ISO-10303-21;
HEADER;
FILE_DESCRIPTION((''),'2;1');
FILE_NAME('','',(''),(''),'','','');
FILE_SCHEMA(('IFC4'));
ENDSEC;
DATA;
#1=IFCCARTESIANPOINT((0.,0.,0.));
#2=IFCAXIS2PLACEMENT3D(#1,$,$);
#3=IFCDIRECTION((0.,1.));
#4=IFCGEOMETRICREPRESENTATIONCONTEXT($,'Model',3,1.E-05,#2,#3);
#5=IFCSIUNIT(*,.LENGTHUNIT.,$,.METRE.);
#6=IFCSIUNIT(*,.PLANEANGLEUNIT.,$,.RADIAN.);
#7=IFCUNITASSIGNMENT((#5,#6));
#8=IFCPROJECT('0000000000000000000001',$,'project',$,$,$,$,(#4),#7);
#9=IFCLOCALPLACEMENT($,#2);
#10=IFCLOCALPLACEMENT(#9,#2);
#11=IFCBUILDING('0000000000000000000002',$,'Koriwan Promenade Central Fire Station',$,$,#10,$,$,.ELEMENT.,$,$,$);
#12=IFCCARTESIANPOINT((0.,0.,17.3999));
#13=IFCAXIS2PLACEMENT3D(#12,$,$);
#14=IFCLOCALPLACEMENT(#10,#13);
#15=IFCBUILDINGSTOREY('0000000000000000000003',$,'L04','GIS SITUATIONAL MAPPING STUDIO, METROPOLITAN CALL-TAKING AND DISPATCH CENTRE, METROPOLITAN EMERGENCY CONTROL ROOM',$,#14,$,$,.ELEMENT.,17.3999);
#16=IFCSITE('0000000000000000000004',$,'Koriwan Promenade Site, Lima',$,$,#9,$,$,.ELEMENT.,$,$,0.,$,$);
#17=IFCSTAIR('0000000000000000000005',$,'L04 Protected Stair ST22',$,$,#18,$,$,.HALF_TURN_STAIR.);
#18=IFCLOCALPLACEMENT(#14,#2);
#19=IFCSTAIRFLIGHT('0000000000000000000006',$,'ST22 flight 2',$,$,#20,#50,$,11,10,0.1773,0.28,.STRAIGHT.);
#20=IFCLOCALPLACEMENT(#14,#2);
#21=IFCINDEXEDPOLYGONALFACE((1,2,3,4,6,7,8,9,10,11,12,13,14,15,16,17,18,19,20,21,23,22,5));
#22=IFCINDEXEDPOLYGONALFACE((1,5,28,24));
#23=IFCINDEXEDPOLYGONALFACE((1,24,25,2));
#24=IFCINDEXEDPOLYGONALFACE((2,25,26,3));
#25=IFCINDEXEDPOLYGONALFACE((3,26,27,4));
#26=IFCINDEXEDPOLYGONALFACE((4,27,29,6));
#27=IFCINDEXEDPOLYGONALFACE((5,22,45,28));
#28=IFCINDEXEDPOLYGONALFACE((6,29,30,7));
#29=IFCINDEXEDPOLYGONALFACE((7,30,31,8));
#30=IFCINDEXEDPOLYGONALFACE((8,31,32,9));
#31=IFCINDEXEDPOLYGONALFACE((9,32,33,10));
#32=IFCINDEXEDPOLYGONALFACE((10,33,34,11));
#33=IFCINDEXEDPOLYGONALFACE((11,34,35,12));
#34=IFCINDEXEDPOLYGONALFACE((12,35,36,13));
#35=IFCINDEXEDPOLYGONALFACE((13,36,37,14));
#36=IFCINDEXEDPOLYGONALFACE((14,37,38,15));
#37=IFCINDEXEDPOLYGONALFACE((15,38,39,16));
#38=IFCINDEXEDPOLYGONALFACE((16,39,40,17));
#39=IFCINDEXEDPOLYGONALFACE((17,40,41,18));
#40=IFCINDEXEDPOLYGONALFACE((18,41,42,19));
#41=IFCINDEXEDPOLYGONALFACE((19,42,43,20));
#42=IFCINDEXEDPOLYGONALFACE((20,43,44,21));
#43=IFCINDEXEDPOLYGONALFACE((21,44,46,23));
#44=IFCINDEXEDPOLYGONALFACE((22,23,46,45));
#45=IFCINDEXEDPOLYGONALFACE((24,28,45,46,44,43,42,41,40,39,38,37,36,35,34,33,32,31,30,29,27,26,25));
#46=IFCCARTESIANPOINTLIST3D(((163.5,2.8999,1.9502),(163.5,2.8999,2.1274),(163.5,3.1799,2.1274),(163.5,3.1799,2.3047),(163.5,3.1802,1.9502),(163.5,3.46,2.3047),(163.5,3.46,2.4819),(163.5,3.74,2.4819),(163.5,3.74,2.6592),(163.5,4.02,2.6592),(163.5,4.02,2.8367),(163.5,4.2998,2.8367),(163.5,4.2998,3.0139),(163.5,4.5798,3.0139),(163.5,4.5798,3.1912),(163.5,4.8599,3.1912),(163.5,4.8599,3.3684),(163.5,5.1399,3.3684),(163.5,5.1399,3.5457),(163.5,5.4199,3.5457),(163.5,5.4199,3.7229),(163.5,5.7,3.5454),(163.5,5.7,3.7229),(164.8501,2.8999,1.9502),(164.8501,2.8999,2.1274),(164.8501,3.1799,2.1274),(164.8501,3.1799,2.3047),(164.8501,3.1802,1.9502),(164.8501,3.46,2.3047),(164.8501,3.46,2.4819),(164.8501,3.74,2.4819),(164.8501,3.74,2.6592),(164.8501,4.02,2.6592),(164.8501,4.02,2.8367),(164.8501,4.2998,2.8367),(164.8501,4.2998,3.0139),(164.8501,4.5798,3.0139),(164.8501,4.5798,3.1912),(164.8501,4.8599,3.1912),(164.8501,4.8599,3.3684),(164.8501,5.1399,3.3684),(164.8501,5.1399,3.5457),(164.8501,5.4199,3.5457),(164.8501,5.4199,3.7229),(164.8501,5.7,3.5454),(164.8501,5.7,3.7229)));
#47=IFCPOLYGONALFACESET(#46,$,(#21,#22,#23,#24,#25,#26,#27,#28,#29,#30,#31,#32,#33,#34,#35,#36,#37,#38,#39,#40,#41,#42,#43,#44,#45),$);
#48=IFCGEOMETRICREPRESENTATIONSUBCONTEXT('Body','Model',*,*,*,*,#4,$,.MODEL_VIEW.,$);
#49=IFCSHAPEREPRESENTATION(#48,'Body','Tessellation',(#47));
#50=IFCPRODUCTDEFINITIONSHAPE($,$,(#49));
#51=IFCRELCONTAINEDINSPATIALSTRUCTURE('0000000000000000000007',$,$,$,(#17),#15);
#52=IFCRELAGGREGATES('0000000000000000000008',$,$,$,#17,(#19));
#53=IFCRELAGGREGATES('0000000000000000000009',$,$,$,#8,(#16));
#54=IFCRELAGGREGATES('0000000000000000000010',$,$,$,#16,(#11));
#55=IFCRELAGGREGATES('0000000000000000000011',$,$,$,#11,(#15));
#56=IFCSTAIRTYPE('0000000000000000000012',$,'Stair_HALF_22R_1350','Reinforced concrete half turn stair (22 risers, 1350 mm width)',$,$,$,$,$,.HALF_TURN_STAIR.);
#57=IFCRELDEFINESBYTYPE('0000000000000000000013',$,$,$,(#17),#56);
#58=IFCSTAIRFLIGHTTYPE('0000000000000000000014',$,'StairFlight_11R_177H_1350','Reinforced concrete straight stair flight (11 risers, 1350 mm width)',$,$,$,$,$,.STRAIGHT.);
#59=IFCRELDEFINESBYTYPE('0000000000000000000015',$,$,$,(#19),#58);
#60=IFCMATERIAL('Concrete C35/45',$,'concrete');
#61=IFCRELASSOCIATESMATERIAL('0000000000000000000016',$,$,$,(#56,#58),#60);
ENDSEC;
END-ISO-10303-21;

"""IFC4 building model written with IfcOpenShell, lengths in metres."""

from ifc_helpers import new_model, si_unit, direction, frame, origin, place, context, subcontext, project, spatial, polyline, outline, extrude, material, type_object, element, aggregate, save


model = new_model("IFC4")

# Units and contexts
model_context = context("Model", 3, precision=1e-05, world=origin(), true_north=direction((0.0, 1.0)))
body_context = subcontext(model_context, "Body", "Model", "MODEL_VIEW")
ifc_project = project(units=[si_unit("LENGTHUNIT", "METRE"), si_unit("PLANEANGLEUNIT", "RADIAN")], contexts=[model_context])

# Site, building, storey
site_placement = place(None, origin())
site = spatial("IfcSite", under=ifc_project, at=site_placement, Name="Koriwan Promenade Site, Lima", CompositionType="ELEMENT", RefElevation=0.0)
building_placement = place(site_placement, origin())
building = spatial("IfcBuilding", under=site, at=building_placement, Name="Koriwan Promenade Central Fire Station", CompositionType="ELEMENT")
storey_placement = place(building_placement, frame((0.0, 0.0, 17.3999)))
storey = spatial("IfcBuildingStorey", under=building, at=storey_placement, Name="L04", Description="GIS SITUATIONAL MAPPING STUDIO, METROPOLITAN CALL-TAKING AND DISPATCH CENTRE, METROPOLITAN EMERGENCY CONTROL ROOM", CompositionType="ELEMENT", Elevation=17.3999)

# Shared definitions
ifc_material_1 = material(Name="Concrete C35/45", Category="concrete")

# Stair, stair flight
stair_type = type_object("IfcStairType", Name="Stair_HALF_22R_1350", Description="Reinforced concrete half turn stair (22 risers, 1350 mm width)", PredefinedType="HALF_TURN_STAIR", material=ifc_material_1)
stair_placement = place(storey_placement, origin())
stair = element("IfcStair", 1, at=stair_placement, inside=storey, type_object=stair_type, Name="L04 Protected Stair ST22", PredefinedType="HALF_TURN_STAIR")
stair_flight_type = type_object("IfcStairFlightType", Name="StairFlight_11R_177H_1350", Description="Reinforced concrete straight stair flight (11 risers, 1350 mm width)", PredefinedType="STRAIGHT", material=ifc_material_1)
stair_flight_1_placement = place(storey_placement, frame((164.175, 2.8999, 1.9502), z_axis=(0.0, 0.0, 1.0), x_axis=(0.0, 1.0, 0.0)))
stair_flight_1 = element("IfcStairFlight", 2, at=stair_flight_1_placement, type_object=stair_flight_type, Name="ST22 flight 2", NumberOfRisers=11, NumberOfTreads=10, PredefinedType="STRAIGHT", RiserHeight=0.1773, TreadLength=0.28, context=body_context, shape_type="SweptSolid", body=[
    extrude(outline(polyline([(0.0, 0.0), (0.0, 0.1772), (0.28, 0.1772), (0.28, 0.3545), (0.5601, 0.3545), (0.5601, 0.5317), (0.8401, 0.5317), (0.8401, 0.709), (1.1201, 0.709), (1.1201, 0.8865), (1.3999, 0.8865), (1.3999, 1.0637), (1.6799, 1.0637), (1.6799, 1.241), (1.96, 1.241), (1.96, 1.4182), (2.24, 1.4182), (2.24, 1.5955), (2.52, 1.5955), (2.52, 1.7727), (2.8, 1.7727), (2.8, 1.95), (2.8, 1.5952), (0.2803, 0.0), (0.0, 0.0)])), frame((0.0, 0.675, 0.0), z_axis=(0.0, -1.0, 0.0), x_axis=(1.0, 0.0, 0.0)), (0.0, 0.0, 1.0), 1.3501),
])
aggregate(stair, [stair_flight_1])

save(model, "model.ifc")
